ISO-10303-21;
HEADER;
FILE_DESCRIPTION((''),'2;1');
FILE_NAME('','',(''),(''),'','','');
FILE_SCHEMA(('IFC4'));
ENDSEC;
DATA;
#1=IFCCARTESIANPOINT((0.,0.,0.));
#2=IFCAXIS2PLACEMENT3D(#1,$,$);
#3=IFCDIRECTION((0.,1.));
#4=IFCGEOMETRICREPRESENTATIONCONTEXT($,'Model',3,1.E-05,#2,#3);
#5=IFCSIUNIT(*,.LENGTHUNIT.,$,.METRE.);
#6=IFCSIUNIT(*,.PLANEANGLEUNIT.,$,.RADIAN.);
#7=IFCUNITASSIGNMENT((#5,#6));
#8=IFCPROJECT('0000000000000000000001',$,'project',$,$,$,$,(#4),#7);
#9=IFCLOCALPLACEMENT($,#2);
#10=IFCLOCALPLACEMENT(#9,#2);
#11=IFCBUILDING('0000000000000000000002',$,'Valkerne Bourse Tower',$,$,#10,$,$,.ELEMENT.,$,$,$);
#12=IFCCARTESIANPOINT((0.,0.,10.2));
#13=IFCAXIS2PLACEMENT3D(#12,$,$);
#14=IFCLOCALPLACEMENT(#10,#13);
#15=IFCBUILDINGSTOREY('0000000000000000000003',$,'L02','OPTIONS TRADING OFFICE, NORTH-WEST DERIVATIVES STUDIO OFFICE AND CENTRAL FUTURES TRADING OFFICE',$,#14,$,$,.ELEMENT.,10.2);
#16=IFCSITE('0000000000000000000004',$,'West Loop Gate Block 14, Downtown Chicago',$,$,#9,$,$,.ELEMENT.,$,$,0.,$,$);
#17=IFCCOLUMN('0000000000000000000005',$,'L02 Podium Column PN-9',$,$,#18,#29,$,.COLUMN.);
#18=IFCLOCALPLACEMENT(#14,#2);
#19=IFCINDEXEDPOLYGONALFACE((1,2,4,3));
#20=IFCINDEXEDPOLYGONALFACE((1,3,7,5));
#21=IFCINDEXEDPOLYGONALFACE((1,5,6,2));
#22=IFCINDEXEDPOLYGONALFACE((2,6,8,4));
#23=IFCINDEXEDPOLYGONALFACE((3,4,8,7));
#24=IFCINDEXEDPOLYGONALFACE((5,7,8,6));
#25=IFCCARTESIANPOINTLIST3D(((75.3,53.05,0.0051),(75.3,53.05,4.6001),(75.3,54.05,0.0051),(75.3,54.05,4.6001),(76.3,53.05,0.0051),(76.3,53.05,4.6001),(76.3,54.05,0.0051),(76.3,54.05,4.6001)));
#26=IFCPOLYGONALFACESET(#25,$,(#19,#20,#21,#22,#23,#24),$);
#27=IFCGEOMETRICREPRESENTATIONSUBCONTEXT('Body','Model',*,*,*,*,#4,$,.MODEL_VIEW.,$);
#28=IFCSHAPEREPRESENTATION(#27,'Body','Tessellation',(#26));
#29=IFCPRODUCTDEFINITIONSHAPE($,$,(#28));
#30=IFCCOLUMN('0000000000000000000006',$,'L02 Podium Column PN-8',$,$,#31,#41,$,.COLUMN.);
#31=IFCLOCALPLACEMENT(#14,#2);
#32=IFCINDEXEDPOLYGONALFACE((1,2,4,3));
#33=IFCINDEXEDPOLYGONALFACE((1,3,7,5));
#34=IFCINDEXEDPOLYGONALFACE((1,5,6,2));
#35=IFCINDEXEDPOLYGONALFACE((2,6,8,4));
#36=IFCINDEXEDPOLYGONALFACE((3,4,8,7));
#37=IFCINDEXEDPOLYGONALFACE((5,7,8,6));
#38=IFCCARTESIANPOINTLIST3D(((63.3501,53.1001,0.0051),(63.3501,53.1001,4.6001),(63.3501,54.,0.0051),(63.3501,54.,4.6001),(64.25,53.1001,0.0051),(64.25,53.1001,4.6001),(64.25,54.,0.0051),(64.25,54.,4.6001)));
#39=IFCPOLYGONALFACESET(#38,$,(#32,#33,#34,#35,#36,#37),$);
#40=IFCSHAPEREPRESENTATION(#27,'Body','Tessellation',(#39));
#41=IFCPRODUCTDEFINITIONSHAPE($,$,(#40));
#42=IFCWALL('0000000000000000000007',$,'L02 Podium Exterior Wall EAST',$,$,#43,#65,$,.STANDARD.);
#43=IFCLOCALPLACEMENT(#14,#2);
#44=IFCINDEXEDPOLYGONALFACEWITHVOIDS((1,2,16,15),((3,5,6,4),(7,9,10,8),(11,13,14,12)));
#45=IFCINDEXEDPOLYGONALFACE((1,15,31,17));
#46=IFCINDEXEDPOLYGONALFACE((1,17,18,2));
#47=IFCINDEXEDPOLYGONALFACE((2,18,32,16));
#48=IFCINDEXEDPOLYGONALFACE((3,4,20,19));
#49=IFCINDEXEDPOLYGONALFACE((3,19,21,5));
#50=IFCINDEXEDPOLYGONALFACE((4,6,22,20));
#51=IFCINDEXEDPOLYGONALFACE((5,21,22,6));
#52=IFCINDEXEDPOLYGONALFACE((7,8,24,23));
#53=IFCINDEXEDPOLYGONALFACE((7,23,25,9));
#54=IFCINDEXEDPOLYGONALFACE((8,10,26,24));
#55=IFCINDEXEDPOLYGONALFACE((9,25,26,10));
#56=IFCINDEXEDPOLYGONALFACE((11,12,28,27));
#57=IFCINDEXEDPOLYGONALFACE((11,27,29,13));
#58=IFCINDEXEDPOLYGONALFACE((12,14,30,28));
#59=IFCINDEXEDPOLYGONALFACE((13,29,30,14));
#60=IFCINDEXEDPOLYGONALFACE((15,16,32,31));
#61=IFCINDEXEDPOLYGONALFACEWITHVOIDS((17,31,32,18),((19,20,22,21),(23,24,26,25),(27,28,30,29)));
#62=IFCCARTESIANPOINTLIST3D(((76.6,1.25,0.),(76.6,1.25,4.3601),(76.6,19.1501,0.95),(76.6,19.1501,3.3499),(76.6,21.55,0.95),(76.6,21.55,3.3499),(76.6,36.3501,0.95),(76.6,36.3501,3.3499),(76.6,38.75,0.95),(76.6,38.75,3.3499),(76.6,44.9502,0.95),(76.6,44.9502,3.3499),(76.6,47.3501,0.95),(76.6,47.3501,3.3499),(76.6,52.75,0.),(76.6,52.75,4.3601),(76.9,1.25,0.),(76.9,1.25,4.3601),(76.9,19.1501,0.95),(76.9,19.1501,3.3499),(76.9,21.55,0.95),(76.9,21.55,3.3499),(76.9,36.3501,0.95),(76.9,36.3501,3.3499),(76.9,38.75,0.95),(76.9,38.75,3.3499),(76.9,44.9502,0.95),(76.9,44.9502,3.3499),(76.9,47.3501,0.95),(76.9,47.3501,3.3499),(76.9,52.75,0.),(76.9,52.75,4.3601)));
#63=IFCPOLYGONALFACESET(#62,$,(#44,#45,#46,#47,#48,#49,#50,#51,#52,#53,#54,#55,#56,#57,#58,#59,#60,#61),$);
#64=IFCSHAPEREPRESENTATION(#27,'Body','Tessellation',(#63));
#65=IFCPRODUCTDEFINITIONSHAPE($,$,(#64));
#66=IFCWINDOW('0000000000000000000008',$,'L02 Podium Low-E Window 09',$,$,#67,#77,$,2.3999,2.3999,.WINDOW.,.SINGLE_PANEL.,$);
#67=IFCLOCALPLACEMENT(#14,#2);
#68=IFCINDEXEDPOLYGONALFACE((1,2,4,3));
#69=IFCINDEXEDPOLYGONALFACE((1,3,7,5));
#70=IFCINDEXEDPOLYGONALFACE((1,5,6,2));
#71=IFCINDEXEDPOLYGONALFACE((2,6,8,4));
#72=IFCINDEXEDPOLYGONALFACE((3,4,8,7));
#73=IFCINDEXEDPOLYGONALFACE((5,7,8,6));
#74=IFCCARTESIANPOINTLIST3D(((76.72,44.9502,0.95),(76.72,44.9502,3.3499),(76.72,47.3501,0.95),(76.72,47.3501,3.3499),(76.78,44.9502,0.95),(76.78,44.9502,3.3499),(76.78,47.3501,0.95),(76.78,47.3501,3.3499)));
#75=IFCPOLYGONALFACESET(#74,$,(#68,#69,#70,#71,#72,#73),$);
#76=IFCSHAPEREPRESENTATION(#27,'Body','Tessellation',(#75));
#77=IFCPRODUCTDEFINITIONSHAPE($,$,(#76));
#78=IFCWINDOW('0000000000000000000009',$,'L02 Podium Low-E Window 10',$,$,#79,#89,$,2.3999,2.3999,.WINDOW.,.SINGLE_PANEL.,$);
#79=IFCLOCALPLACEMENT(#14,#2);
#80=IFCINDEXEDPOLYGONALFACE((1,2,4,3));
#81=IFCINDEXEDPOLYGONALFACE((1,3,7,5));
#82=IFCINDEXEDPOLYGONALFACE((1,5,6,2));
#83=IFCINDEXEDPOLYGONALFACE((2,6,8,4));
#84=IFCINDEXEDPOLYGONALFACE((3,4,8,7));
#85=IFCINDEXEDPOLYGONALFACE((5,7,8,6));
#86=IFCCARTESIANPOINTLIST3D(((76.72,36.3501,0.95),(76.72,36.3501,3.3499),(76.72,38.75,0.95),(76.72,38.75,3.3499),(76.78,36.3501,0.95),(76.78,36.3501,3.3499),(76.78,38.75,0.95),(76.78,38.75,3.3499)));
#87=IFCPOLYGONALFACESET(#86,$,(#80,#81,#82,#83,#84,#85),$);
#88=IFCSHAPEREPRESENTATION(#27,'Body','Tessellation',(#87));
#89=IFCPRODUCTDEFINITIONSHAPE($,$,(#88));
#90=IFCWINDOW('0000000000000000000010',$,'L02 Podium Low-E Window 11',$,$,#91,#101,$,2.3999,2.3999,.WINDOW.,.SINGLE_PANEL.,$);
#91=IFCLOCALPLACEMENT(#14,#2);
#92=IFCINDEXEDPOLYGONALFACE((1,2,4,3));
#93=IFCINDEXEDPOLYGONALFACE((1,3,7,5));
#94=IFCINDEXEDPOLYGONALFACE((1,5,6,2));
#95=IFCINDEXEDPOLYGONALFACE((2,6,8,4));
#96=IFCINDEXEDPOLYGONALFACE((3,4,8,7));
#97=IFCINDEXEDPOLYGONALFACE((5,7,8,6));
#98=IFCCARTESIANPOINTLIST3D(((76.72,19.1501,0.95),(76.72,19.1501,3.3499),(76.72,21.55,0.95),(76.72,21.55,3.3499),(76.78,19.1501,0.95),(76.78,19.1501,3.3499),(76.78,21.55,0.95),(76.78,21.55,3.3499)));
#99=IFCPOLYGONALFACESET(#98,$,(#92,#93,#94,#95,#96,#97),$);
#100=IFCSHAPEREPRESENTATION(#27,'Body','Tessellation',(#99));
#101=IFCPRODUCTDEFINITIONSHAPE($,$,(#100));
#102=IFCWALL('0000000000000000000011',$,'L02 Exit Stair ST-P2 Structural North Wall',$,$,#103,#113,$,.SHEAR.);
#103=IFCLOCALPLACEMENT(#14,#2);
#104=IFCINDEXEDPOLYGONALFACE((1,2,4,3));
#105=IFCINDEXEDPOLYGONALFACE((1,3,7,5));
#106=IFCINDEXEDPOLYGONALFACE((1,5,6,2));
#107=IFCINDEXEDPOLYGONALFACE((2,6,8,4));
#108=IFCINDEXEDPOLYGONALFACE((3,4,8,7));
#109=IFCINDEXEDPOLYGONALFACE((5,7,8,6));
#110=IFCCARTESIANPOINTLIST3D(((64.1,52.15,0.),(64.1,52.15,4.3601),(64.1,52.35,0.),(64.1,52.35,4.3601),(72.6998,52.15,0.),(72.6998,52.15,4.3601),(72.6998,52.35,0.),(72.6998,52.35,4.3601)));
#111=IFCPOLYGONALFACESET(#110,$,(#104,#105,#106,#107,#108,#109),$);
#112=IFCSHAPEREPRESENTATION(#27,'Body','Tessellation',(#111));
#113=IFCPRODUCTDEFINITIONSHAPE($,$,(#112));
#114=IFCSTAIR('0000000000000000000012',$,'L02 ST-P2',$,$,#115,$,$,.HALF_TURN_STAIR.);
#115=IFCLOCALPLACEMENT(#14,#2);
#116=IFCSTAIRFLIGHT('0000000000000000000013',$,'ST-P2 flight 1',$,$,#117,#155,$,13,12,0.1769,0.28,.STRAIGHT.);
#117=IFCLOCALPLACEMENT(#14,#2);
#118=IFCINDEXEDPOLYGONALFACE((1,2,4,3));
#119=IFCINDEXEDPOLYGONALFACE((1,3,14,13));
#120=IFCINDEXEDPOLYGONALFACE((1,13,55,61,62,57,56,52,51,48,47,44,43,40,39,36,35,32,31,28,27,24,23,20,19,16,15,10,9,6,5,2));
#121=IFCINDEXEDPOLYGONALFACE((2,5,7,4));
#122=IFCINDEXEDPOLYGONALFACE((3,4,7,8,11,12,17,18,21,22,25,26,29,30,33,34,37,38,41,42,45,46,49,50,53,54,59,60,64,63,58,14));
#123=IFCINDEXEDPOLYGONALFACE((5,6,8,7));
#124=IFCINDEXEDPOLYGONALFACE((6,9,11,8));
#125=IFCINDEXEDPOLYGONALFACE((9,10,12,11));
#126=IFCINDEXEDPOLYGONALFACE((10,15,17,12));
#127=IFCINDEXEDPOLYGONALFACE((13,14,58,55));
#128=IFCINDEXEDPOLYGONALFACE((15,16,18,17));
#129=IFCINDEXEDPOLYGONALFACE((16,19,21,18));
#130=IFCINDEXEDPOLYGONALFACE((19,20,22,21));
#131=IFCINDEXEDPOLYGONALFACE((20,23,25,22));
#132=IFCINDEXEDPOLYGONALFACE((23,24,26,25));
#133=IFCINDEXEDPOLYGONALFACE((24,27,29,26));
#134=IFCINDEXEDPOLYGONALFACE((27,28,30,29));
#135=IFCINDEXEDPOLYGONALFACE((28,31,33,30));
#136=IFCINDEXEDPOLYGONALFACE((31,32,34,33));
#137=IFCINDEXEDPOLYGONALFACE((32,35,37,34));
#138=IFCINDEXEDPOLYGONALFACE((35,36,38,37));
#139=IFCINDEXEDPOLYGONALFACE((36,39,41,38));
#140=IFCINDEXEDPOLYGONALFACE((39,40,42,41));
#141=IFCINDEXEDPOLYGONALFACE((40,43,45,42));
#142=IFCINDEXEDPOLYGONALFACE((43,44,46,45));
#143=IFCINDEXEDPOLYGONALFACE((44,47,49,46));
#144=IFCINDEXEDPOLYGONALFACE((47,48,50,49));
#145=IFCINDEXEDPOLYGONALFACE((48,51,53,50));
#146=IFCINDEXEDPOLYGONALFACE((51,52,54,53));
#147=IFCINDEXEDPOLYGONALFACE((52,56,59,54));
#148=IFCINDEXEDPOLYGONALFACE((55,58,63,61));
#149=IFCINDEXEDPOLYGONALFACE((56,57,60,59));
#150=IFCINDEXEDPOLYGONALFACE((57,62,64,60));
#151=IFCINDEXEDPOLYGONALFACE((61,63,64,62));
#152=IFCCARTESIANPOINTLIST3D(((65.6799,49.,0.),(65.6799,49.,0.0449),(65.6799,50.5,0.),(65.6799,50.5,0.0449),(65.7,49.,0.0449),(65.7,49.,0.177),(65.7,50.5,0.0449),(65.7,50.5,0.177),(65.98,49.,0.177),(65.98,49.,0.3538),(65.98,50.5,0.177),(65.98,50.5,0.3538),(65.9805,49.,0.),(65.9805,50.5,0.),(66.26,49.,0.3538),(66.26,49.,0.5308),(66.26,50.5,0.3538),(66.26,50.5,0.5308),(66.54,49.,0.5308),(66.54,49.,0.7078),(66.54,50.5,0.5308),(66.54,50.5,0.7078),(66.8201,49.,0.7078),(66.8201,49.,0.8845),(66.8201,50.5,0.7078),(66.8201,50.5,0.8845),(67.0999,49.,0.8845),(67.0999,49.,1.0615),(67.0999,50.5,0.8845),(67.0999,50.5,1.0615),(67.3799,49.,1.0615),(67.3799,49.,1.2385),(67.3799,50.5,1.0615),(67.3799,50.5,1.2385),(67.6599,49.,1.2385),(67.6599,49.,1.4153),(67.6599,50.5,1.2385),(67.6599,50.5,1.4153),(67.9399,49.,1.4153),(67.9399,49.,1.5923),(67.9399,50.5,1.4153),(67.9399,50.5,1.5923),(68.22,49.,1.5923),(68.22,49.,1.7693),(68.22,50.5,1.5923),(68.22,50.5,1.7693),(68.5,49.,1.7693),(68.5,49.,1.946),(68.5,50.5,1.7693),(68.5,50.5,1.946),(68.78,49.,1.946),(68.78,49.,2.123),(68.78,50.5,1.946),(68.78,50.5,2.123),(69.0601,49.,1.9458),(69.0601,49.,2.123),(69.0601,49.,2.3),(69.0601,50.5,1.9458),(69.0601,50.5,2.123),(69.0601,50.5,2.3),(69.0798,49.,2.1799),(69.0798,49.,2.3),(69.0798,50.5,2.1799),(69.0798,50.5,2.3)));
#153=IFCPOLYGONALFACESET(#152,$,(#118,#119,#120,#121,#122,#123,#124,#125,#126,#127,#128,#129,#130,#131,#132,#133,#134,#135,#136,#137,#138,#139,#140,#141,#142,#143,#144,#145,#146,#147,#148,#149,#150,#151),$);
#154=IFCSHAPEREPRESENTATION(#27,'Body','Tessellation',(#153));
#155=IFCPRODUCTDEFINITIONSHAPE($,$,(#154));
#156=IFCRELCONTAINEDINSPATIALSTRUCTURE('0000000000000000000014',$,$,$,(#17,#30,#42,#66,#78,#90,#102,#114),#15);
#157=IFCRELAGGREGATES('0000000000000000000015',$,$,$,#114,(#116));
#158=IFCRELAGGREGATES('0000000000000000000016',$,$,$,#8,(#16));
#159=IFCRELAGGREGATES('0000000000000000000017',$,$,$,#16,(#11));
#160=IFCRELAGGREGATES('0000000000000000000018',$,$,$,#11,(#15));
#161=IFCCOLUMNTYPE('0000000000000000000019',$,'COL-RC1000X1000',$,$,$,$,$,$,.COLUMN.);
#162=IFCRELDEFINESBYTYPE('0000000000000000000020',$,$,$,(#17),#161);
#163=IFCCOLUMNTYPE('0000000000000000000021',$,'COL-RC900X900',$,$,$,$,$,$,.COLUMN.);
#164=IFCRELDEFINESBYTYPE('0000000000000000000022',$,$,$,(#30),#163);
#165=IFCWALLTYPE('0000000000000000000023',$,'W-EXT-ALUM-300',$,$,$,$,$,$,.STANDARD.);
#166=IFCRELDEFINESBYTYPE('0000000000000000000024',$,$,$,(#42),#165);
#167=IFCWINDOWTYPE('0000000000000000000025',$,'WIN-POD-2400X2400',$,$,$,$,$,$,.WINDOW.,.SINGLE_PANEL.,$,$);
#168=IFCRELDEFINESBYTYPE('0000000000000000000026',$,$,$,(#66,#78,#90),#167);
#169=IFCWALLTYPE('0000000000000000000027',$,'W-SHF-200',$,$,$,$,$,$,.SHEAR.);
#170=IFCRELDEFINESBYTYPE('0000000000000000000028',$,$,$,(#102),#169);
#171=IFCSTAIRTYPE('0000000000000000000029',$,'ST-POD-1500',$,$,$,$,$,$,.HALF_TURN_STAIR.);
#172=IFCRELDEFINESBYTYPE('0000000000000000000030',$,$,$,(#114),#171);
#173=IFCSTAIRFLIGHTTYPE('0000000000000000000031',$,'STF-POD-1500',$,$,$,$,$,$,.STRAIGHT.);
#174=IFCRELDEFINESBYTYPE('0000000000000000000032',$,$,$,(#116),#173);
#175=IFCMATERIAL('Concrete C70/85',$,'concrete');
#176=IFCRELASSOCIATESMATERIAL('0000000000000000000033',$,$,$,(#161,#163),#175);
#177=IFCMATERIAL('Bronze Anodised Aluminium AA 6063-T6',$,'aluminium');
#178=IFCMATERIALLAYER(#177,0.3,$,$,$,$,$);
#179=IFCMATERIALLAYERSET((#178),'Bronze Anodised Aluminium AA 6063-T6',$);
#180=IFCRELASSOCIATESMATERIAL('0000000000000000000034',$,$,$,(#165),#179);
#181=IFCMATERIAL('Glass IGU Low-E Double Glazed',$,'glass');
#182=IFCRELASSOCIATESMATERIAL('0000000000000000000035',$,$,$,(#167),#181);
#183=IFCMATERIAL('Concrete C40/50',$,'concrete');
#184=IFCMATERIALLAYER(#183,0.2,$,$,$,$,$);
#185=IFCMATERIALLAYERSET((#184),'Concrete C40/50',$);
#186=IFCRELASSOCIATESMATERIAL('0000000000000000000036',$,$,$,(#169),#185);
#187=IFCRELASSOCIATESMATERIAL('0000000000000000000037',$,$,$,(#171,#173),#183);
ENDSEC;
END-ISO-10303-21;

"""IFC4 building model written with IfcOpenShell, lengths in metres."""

from ifc_helpers import new_model, si_unit, direction, frame, frame_2d, origin, origin_2d, place, context, subcontext, project, spatial, polyline, rectangle, outline, extrude, material, layer, layer_set, material_profile, profile_set, type_object, element, fill, aggregate, save


model = new_model("IFC4")

# Units and contexts
model_context = context("Model", 3, precision=1e-05, world=origin(), true_north=direction((0.0, 1.0)))
body_context = subcontext(model_context, "Body", "Model", "MODEL_VIEW")
ifc_project = project(units=[si_unit("LENGTHUNIT", "METRE"), si_unit("PLANEANGLEUNIT", "RADIAN")], contexts=[model_context])

# Site, building, storey
site_placement = place(None, origin())
site = spatial("IfcSite", under=ifc_project, at=site_placement, Name="West Loop Gate Block 14, Downtown Chicago", CompositionType="ELEMENT", RefElevation=0.0)
building_placement = place(site_placement, origin())
building = spatial("IfcBuilding", under=site, at=building_placement, Name="Valkerne Bourse Tower", CompositionType="ELEMENT")
storey_placement = place(building_placement, frame((0.0, 0.0, 10.2)))
storey = spatial("IfcBuildingStorey", under=building, at=storey_placement, Name="L02", Description="OPTIONS TRADING OFFICE, NORTH-WEST DERIVATIVES STUDIO OFFICE AND CENTRAL FUTURES TRADING OFFICE", CompositionType="ELEMENT", Elevation=10.2)

# Columns
ifc_material_1 = material(Name="Concrete C70/85", Category="concrete")
ifc_material_profile_1 = material_profile(ifc_material_1, rectangle(XDim=1.0, YDim=1.0, at=origin_2d()), Name="RC1000X1000")
ifc_profile_set_1 = profile_set([ifc_material_profile_1], Name="Concrete C70/85")
column_type_1 = type_object("IfcColumnType", Name="COL-RC1000X1000", PredefinedType="COLUMN", material=ifc_profile_set_1)
column_1_placement = place(storey_placement, frame((75.8, 53.55, 0.0051), z_axis=(0.0, 0.0, 1.0), x_axis=(1.0, 0.0, 0.0)))
element("IfcColumn", 1, at=column_1_placement, inside=storey, type_object=column_type_1, Name="L02 Podium Column PN-9", PredefinedType="COLUMN", context=body_context, shape_type="SweptSolid", body=[
    extrude(rectangle(XDim=1.0, YDim=1.0, at=origin_2d()), origin(), (0.0, 0.0, 1.0), 4.595),
])
ifc_material_profile_2 = material_profile(ifc_material_1, rectangle(XDim=0.8999, YDim=0.8999, at=origin_2d()), Name="RC900X900")
ifc_profile_set_2 = profile_set([ifc_material_profile_2], Name="Concrete C70/85")
column_type_2 = type_object("IfcColumnType", Name="COL-RC900X900", PredefinedType="COLUMN", material=ifc_profile_set_2)
column_2_placement = place(storey_placement, frame((63.8, 53.55, 0.0051), z_axis=(0.0, 0.0, 1.0), x_axis=(1.0, 0.0, 0.0)))
element("IfcColumn", 2, at=column_2_placement, inside=storey, type_object=column_type_2, Name="L02 Podium Column PN-8", PredefinedType="COLUMN", context=body_context, shape_type="SweptSolid", body=[
    extrude(rectangle(XDim=0.8999, YDim=0.8999, at=origin_2d()), origin(), (0.0, 0.0, 1.0), 4.595),
])

# Wall, openings, windows
ifc_material_2 = material(Name="Bronze Anodised Aluminium AA 6063-T6", Category="aluminium")
ifc_layer_1 = layer(ifc_material_2, 0.3)
ifc_layer_set_1 = layer_set([ifc_layer_1], Name="Bronze Anodised Aluminium AA 6063-T6")
wall_type_1 = type_object("IfcWallType", Name="W-EXT-ALUM-300", PredefinedType="STANDARD", material=ifc_layer_set_1)
wall_1_placement = place(storey_placement, frame((76.75, 52.75, 0.0), z_axis=(0.0, 0.0, 1.0), x_axis=(0.0, -1.0, 0.0)))
wall_1 = element("IfcWall", 3, at=wall_1_placement, inside=storey, type_object=wall_type_1, Name="L02 Podium Exterior Wall EAST", PredefinedType="STANDARD", context=body_context, shape_type="SweptSolid", body=[
    extrude(rectangle(XDim=51.5, YDim=0.3, at=frame_2d((25.75, 0.0))), origin(), (0.0, 0.0, 1.0), 4.3601),
])
opening_1_placement = place(wall_1_placement, frame((5.3999, 0.0, 0.95)))
opening_1 = element("IfcOpeningElement", 4, at=opening_1_placement, cuts=wall_1, PredefinedType="OPENING", context=body_context, shape_type="SweptSolid", body=[
    extrude(rectangle(XDim=2.3999, YDim=2.3999, at=frame_2d((1.2, 1.2))), frame((0.0, 0.1599, 0.0), z_axis=(0.0, -1.0, 0.0), x_axis=(1.0, 0.0, 0.0)), (0.0, 0.0, 1.0), 0.3201),
])
opening_2_placement = place(wall_1_placement, frame((14.0, 0.0, 0.95)))
opening_2 = element("IfcOpeningElement", 5, at=opening_2_placement, cuts=wall_1, PredefinedType="OPENING", context=body_context, shape_type="SweptSolid", body=[
    extrude(rectangle(XDim=2.3999, YDim=2.3999, at=frame_2d((1.2, 1.2))), frame((0.0, 0.1599, 0.0), z_axis=(0.0, -1.0, 0.0), x_axis=(1.0, 0.0, 0.0)), (0.0, 0.0, 1.0), 0.3201),
])
opening_3_placement = place(wall_1_placement, frame((31.2, 0.0, 0.95)))
opening_3 = element("IfcOpeningElement", 6, at=opening_3_placement, cuts=wall_1, PredefinedType="OPENING", context=body_context, shape_type="SweptSolid", body=[
    extrude(rectangle(XDim=2.3999, YDim=2.3999, at=frame_2d((1.2, 1.2))), frame((0.0, 0.1599, 0.0), z_axis=(0.0, -1.0, 0.0), x_axis=(1.0, 0.0, 0.0)), (0.0, 0.0, 1.0), 0.3201),
])
ifc_material_3 = material(Name="Glass IGU Low-E Double Glazed", Category="glass")
window_type = type_object("IfcWindowType", Name="WIN-POD-2400X2400", PartitioningType="SINGLE_PANEL", PredefinedType="WINDOW", material=ifc_material_3)
window_1_placement = place(opening_1_placement, origin())
window_1 = element("IfcWindow", 7, at=window_1_placement, inside=storey, type_object=window_type, Name="L02 Podium Low-E Window 09", OverallHeight=2.3999, OverallWidth=2.3999, PartitioningType="SINGLE_PANEL", PredefinedType="WINDOW", context=body_context, shape_type="SweptSolid", body=[
    extrude(rectangle(XDim=2.3999, YDim=2.3999, at=frame_2d((1.2, 1.2))), frame((0.0, 0.03, 0.0), z_axis=(0.0, -1.0, 0.0), x_axis=(1.0, 0.0, 0.0)), (0.0, 0.0, 1.0), 0.0601),
])
fill(opening_1, window_1)
window_2_placement = place(opening_2_placement, origin())
window_2 = element("IfcWindow", 8, at=window_2_placement, inside=storey, type_object=window_type, Name="L02 Podium Low-E Window 10", OverallHeight=2.3999, OverallWidth=2.3999, PartitioningType="SINGLE_PANEL", PredefinedType="WINDOW", context=body_context, shape_type="SweptSolid", body=[
    extrude(rectangle(XDim=2.3999, YDim=2.3999, at=frame_2d((1.2, 1.2))), frame((0.0, 0.03, 0.0), z_axis=(0.0, -1.0, 0.0), x_axis=(1.0, 0.0, 0.0)), (0.0, 0.0, 1.0), 0.0601),
])
fill(opening_2, window_2)
window_3_placement = place(opening_3_placement, origin())
window_3 = element("IfcWindow", 9, at=window_3_placement, inside=storey, type_object=window_type, Name="L02 Podium Low-E Window 11", OverallHeight=2.3999, OverallWidth=2.3999, PartitioningType="SINGLE_PANEL", PredefinedType="WINDOW", context=body_context, shape_type="SweptSolid", body=[
    extrude(rectangle(XDim=2.3999, YDim=2.3999, at=frame_2d((1.2, 1.2))), frame((0.0, 0.03, 0.0), z_axis=(0.0, -1.0, 0.0), x_axis=(1.0, 0.0, 0.0)), (0.0, 0.0, 1.0), 0.0601),
])
fill(opening_3, window_3)

# Wall
ifc_material_4 = material(Name="Concrete C40/50", Category="concrete")
ifc_layer_2 = layer(ifc_material_4, 0.2)
ifc_layer_set_2 = layer_set([ifc_layer_2], Name="Concrete C40/50")
wall_type_2 = type_object("IfcWallType", Name="W-SHF-200", PredefinedType="SHEAR", material=ifc_layer_set_2)
wall_2_placement = place(storey_placement, frame((64.1001, 52.25, 0.0), z_axis=(0.0, 0.0, 1.0), x_axis=(1.0, 0.0, 0.0)))
element("IfcWall", 10, at=wall_2_placement, inside=storey, type_object=wall_type_2, Name="L02 Exit Stair ST-P2 Structural North Wall", PredefinedType="SHEAR", context=body_context, shape_type="SweptSolid", body=[
    extrude(rectangle(XDim=8.5999, YDim=0.2, at=frame_2d((4.2998, 0.0))), origin(), (0.0, 0.0, 1.0), 4.3601),
])

# Stair, stair flight
stair_type = type_object("IfcStairType", Name="ST-POD-1500", PredefinedType="HALF_TURN_STAIR", material=ifc_material_4)
stair_placement = place(storey_placement, origin())
stair = element("IfcStair", 11, at=stair_placement, inside=storey, type_object=stair_type, Name="L02 ST-P2", PredefinedType="HALF_TURN_STAIR")
stair_flight_type = type_object("IfcStairFlightType", Name="STF-POD-1500", PredefinedType="STRAIGHT", material=ifc_material_4)
stair_flight_1_placement = place(storey_placement, frame((65.7, 49.75, 0.0), z_axis=(0.0, 0.0, 1.0), x_axis=(1.0, 0.0, 0.0)))
stair_flight_1 = element("IfcStairFlight", 12, at=stair_flight_1_placement, type_object=stair_flight_type, Name="ST-P2 flight 1", NumberOfRisers=13, NumberOfTreads=12, PredefinedType="STRAIGHT", RiserHeight=0.1769, TreadLength=0.28, context=body_context, shape_type="SweptSolid", body=[
    extrude(outline(polyline([(-0.02, 0.0), (-0.02, 0.0449), (0.0, 0.0449), (0.0, 0.177), (0.28, 0.177), (0.28, 0.3538), (0.5601, 0.3538), (0.5601, 0.5308), (0.8401, 0.5308), (0.8401, 0.7078), (1.1201, 0.7078), (1.1201, 0.8845), (1.3999, 0.8845), (1.3999, 1.0615), (1.6799, 1.0615), (1.6799, 1.2385), (1.96, 1.2385), (1.96, 1.4153), (2.24, 1.4153), (2.24, 1.5923), (2.52, 1.5923), (2.52, 1.7693), (2.8, 1.7693), (2.8, 1.946), (3.0801, 1.946), (3.0801, 2.123), (3.3601, 2.123), (3.3601, 2.3), (3.3799, 2.3), (3.3799, 2.1799), (3.3601, 1.9458), (0.2805, 0.0), (-0.02, 0.0)])), frame((0.0, 0.75, 0.0), z_axis=(0.0, -1.0, 0.0), x_axis=(1.0, 0.0, 0.0)), (0.0, 0.0, 1.0), 1.5),
])
aggregate(stair, [stair_flight_1])

save(model, "model.ifc")
